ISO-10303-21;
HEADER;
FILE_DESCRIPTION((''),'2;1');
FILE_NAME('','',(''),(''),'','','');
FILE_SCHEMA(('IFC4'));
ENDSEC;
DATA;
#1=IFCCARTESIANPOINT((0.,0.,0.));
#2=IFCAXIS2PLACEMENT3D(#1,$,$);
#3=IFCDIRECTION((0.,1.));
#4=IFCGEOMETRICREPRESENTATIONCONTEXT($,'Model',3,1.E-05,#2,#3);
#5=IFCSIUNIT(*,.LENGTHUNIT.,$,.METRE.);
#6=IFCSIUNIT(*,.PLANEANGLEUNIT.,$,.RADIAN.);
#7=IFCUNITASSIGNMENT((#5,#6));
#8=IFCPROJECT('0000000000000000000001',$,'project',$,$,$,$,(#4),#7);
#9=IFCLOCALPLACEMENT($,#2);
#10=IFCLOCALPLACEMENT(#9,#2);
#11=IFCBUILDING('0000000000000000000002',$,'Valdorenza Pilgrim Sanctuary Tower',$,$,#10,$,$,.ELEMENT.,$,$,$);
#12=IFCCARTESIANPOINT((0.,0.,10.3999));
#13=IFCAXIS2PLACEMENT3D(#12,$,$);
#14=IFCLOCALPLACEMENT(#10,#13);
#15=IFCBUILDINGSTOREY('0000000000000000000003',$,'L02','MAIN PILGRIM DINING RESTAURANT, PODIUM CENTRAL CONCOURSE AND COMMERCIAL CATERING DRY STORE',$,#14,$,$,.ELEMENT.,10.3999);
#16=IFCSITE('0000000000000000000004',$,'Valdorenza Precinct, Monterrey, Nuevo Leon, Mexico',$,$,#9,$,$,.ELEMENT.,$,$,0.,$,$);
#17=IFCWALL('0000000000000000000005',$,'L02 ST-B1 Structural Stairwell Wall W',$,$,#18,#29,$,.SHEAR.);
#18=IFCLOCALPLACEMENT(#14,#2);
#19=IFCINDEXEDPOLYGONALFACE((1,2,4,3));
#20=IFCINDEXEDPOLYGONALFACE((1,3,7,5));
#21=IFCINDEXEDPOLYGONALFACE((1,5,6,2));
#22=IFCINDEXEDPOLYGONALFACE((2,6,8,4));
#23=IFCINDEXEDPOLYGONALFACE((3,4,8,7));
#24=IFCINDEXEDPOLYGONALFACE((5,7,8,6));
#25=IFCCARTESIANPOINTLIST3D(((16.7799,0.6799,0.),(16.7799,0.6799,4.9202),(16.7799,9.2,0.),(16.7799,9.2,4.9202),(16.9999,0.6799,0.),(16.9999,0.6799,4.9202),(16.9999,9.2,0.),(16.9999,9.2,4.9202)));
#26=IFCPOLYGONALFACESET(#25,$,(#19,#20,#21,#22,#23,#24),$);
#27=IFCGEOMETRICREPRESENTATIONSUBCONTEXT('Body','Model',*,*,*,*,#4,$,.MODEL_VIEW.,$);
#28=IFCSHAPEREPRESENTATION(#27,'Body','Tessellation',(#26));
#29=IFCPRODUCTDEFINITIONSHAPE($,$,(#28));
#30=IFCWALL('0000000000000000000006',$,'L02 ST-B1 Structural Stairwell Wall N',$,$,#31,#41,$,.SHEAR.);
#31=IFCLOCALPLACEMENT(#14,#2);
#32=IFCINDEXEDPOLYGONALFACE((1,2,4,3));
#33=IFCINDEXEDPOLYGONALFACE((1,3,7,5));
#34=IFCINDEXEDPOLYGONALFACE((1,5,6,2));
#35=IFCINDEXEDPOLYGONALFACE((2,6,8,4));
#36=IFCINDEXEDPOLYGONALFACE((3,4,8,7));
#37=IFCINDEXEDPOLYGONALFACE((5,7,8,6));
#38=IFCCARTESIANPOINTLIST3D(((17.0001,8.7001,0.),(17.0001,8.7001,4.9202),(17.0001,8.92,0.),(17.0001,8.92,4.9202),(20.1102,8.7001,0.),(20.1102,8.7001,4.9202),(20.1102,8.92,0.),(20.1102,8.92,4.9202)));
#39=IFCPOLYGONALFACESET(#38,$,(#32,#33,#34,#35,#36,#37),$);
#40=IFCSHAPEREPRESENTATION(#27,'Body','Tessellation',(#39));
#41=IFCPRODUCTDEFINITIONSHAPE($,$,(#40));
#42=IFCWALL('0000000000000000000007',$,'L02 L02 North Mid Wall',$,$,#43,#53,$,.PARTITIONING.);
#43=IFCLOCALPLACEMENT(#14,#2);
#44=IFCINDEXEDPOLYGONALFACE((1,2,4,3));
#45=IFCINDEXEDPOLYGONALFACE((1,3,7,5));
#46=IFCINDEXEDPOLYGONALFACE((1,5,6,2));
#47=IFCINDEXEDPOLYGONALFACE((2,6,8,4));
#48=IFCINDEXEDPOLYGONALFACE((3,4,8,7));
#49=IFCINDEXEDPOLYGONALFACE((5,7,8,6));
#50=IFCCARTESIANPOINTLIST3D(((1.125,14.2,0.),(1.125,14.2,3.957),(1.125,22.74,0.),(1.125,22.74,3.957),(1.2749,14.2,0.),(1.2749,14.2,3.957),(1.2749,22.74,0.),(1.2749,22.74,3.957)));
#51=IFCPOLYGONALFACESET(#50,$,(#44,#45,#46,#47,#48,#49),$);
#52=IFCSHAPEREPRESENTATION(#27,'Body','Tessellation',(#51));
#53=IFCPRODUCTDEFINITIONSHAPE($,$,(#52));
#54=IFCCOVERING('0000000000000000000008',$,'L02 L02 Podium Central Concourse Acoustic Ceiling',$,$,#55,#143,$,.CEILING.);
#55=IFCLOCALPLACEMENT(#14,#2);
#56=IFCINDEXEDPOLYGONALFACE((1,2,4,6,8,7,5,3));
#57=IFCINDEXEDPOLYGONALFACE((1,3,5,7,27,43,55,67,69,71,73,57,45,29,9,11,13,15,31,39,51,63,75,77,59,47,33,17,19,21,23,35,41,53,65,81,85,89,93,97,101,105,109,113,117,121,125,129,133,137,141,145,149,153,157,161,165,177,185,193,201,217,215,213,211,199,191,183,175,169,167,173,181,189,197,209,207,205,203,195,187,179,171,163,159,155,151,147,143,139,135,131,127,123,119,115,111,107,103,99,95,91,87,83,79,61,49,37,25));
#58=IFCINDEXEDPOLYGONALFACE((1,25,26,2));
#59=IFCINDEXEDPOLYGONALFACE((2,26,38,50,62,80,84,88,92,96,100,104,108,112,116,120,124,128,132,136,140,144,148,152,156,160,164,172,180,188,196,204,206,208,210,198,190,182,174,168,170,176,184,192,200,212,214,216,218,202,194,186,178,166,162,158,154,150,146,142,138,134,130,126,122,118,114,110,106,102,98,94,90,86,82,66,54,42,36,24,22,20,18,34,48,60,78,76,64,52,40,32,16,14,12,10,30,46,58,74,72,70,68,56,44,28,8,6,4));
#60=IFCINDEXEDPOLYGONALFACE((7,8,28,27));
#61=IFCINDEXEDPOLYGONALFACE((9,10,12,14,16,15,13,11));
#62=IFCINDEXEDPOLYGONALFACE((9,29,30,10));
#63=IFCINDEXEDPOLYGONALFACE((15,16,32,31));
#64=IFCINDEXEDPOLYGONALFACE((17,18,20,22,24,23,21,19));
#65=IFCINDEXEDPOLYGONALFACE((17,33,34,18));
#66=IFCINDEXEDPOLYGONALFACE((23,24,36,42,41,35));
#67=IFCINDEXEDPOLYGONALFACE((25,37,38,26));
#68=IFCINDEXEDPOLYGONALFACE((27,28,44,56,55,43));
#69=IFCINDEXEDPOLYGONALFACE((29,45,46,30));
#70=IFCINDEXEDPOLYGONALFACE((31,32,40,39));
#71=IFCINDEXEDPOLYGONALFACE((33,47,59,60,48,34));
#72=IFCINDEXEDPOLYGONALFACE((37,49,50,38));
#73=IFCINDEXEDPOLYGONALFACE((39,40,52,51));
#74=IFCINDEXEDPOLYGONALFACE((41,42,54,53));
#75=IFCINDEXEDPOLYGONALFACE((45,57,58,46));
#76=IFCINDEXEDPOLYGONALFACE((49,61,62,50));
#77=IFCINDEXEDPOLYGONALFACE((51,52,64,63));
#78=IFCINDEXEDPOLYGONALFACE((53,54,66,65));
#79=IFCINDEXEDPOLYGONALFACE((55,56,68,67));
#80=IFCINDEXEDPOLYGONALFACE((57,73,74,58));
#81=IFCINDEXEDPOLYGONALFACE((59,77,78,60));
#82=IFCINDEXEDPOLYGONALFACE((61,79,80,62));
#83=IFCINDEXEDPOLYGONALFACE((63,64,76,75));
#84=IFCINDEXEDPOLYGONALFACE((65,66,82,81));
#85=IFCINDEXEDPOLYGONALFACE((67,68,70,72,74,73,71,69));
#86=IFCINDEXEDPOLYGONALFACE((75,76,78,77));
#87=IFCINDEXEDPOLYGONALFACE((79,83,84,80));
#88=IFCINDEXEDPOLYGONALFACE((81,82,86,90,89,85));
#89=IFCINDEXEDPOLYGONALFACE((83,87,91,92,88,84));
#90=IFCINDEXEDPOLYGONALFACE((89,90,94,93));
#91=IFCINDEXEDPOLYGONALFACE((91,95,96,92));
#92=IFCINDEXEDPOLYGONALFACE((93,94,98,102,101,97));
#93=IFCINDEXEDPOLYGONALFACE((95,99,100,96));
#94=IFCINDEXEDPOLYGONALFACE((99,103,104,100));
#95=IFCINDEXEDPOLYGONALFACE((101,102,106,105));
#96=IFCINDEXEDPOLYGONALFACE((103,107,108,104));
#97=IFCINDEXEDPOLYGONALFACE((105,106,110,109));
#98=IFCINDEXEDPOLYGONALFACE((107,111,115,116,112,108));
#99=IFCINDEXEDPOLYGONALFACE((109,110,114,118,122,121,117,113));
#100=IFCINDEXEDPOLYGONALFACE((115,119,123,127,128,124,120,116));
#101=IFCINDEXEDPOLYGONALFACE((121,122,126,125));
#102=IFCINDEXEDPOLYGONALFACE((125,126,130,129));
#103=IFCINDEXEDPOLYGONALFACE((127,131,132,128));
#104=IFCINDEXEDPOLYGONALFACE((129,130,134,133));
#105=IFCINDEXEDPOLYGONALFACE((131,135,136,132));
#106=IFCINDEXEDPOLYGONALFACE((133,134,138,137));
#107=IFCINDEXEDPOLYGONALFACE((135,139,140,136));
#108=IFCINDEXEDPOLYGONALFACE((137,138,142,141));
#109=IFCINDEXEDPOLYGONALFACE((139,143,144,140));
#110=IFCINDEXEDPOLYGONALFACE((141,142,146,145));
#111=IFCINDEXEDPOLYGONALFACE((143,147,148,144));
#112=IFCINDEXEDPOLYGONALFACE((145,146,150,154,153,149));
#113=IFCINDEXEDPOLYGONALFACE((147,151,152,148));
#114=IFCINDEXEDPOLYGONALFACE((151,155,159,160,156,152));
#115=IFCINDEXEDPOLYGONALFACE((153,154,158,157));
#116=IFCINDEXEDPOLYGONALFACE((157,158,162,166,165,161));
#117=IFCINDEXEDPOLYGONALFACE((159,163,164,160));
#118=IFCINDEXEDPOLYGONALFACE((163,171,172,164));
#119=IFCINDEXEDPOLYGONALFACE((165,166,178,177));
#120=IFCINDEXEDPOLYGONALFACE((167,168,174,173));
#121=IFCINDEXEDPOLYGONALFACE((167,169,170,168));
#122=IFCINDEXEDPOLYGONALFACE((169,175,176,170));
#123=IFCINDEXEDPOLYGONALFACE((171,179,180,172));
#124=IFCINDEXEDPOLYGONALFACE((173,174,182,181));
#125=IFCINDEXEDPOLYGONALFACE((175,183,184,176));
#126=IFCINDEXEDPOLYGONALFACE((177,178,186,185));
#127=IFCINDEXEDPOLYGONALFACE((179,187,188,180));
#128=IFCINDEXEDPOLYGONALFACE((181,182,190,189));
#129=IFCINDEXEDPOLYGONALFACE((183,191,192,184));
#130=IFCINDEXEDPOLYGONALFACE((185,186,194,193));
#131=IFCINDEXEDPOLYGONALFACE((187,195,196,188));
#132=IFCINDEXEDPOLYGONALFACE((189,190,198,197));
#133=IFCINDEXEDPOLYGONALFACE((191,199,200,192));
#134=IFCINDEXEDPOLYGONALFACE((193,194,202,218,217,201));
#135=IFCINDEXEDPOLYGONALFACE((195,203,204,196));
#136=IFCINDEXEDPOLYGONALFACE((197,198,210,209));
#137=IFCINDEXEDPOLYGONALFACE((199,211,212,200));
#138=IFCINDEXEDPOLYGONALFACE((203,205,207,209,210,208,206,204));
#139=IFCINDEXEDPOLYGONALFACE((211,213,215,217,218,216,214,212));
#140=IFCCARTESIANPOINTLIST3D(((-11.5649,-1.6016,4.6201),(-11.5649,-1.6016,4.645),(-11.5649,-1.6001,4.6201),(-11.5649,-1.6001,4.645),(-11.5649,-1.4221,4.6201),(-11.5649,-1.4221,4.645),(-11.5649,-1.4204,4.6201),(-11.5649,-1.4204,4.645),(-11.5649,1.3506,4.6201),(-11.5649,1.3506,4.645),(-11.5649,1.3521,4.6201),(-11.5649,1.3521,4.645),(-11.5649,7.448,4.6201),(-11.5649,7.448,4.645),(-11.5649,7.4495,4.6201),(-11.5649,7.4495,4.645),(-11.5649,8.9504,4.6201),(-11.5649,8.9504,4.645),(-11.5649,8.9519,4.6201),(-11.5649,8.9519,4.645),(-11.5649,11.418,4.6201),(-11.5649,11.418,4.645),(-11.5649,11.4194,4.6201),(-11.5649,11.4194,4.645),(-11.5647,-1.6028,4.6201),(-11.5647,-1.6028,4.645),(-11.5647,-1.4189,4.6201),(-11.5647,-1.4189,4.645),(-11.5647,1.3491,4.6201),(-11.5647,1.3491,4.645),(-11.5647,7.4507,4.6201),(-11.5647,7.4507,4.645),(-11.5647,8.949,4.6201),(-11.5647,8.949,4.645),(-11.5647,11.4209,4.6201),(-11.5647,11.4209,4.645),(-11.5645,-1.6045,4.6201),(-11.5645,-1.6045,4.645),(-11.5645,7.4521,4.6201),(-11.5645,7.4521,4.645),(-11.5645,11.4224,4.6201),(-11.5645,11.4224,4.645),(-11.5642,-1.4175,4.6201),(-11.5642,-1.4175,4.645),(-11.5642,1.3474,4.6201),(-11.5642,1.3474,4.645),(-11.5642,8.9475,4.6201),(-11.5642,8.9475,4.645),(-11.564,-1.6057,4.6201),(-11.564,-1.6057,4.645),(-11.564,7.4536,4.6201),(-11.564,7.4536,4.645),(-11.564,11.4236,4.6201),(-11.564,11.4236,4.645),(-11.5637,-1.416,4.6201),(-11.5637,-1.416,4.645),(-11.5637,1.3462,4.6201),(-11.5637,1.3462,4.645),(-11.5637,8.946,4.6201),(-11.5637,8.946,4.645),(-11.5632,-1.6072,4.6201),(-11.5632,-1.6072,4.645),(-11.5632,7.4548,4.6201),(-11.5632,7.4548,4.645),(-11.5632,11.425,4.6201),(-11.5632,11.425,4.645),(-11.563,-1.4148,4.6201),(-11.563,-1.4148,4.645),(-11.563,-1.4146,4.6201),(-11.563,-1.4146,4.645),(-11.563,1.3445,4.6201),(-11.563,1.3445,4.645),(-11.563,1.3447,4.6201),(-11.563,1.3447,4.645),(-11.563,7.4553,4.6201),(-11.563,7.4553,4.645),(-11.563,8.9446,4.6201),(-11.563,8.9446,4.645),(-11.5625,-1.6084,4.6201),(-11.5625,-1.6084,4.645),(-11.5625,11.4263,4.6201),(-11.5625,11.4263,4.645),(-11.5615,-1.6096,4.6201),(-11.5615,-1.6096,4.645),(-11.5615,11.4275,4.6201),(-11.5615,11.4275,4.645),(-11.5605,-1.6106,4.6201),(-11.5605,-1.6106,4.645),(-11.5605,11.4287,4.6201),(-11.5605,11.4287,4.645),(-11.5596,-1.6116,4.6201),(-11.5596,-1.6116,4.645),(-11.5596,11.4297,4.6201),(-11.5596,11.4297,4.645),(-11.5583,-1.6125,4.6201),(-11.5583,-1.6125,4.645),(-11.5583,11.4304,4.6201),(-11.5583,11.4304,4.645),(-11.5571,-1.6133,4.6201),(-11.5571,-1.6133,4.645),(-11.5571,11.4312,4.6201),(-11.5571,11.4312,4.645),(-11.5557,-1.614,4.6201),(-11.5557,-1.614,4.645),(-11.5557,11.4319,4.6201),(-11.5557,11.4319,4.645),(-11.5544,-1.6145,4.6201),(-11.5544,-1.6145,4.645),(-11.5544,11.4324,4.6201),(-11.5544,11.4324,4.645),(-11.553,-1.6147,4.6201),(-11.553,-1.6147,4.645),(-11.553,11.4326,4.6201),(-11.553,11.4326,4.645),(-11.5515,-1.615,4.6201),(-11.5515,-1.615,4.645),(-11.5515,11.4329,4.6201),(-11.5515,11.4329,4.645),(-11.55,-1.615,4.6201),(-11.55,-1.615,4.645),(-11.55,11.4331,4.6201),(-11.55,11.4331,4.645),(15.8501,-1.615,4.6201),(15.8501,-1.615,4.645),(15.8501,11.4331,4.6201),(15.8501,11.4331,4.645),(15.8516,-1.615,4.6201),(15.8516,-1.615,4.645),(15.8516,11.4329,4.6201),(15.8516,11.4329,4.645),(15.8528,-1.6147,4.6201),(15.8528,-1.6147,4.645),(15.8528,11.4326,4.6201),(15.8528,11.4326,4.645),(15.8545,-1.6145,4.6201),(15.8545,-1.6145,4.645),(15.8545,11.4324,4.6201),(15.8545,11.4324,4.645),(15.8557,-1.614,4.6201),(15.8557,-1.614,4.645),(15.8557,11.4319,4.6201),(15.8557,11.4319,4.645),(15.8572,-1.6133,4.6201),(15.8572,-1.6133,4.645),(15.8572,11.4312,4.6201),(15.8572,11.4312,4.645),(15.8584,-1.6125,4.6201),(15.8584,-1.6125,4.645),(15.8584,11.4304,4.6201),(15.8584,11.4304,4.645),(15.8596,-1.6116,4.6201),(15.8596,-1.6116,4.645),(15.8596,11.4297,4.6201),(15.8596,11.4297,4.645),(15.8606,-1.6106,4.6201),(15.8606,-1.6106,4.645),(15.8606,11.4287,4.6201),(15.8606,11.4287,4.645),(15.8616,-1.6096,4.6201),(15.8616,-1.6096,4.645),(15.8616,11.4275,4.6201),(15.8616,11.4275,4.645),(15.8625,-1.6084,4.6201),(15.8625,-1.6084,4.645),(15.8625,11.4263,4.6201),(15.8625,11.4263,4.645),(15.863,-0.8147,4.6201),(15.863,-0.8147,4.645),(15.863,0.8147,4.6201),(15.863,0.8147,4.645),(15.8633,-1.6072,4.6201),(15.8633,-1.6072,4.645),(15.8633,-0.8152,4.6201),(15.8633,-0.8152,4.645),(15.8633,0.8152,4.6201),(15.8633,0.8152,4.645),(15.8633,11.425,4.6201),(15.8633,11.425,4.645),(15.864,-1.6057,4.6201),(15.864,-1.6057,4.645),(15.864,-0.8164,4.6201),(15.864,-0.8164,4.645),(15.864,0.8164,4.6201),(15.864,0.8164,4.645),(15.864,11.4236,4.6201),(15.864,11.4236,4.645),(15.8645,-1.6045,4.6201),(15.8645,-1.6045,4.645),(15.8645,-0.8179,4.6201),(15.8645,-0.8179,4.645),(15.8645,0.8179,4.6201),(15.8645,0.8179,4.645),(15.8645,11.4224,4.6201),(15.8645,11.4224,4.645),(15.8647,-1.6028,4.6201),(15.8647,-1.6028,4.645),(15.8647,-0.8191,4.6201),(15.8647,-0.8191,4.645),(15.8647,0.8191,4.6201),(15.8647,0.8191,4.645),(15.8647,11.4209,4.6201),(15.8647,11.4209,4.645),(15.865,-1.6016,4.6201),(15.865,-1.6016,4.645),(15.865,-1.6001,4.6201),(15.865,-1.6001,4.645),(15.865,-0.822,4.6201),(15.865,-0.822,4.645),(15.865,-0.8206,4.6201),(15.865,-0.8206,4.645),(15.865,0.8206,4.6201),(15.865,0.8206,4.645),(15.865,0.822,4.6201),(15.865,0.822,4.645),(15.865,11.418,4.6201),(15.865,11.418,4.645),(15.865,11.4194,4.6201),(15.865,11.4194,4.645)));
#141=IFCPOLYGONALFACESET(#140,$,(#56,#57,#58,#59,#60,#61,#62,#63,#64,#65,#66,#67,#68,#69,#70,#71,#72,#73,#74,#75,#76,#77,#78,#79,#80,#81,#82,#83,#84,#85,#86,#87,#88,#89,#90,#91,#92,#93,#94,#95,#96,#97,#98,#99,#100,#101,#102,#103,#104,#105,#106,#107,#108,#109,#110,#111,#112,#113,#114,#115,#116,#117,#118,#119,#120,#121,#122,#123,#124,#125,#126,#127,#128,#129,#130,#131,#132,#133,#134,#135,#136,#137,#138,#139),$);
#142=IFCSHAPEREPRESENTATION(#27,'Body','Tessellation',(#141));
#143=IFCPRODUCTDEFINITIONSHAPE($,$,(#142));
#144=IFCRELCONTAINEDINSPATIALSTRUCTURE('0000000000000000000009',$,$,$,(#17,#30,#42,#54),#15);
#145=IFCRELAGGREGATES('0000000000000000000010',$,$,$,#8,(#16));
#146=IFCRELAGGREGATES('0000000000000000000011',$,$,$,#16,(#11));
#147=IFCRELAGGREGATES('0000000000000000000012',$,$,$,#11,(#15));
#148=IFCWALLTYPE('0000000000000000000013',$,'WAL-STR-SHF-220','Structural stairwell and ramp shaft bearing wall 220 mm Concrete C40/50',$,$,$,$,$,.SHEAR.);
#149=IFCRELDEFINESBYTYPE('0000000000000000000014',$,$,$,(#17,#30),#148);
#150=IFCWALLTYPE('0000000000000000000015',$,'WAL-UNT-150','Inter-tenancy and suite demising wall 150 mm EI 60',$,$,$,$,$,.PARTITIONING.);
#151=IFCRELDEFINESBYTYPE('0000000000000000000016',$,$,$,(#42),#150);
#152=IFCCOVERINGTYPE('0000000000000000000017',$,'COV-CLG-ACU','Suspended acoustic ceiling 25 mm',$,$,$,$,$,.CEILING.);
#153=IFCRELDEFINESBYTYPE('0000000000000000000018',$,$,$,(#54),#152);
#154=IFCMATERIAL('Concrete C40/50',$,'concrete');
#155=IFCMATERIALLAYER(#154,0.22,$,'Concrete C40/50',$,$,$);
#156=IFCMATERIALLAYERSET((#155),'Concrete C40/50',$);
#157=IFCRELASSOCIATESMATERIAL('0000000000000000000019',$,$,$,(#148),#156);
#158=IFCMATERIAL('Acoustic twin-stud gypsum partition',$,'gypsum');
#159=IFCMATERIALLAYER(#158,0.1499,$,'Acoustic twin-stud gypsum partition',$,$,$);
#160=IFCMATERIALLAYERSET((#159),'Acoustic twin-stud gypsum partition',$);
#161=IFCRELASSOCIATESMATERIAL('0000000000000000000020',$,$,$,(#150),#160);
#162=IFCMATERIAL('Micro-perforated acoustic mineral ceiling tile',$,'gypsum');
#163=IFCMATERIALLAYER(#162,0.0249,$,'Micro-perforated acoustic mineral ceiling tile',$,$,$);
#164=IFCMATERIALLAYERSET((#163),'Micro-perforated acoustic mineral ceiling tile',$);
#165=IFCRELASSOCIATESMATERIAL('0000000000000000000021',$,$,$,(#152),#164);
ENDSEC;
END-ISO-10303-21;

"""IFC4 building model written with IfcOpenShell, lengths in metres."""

from ifc_helpers import new_model, si_unit, direction, frame, frame_2d, origin, place, context, subcontext, project, spatial, polyline, rectangle, outline, extrude, material, layer, layer_set, type_object, element, save


model = new_model("IFC4")

# Units and contexts
model_context = context("Model", 3, precision=1e-05, world=origin(), true_north=direction((0.0, 1.0)))
body_context = subcontext(model_context, "Body", "Model", "MODEL_VIEW")
ifc_project = project(units=[si_unit("LENGTHUNIT", "METRE"), si_unit("PLANEANGLEUNIT", "RADIAN")], contexts=[model_context])

# Site, building, storey
site_placement = place(None, origin())
site = spatial("IfcSite", under=ifc_project, at=site_placement, Name="Valdorenza Precinct, Monterrey, Nuevo Leon, Mexico", CompositionType="ELEMENT", RefElevation=0.0)
building_placement = place(site_placement, origin())
building = spatial("IfcBuilding", under=site, at=building_placement, Name="Valdorenza Pilgrim Sanctuary Tower", CompositionType="ELEMENT")
storey_placement = place(building_placement, frame((0.0, 0.0, 10.3999)))
storey = spatial("IfcBuildingStorey", under=building, at=storey_placement, Name="L02", Description="MAIN PILGRIM DINING RESTAURANT, PODIUM CENTRAL CONCOURSE AND COMMERCIAL CATERING DRY STORE", CompositionType="ELEMENT", Elevation=10.3999)

# Shared definitions
ifc_material_1 = material(Name="Acoustic twin-stud gypsum partition", Category="gypsum")

# Wall
ifc_material_2 = material(Name="Concrete C40/50", Category="concrete")
ifc_layer_1 = layer(ifc_material_2, 0.22, Name="Concrete C40/50")
ifc_layer_set_1 = layer_set([ifc_layer_1], Name="Concrete C40/50")
wall_type_1 = type_object("IfcWallType", Name="WAL-STR-SHF-220", Description="Structural stairwell and ramp shaft bearing wall 220 mm Concrete C40/50", PredefinedType="SHEAR", material=ifc_layer_set_1)
wall_1_placement = place(storey_placement, frame((16.8899, 0.6799, 0.0), z_axis=(0.0, 0.0, 1.0), x_axis=(0.0, 1.0, 0.0)))
element("IfcWall", 1, at=wall_1_placement, inside=storey, type_object=wall_type_1, Name="L02 ST-B1 Structural Stairwell Wall W", PredefinedType="SHEAR", context=body_context, shape_type="SweptSolid", body=[
    extrude(rectangle(XDim=8.52, YDim=0.22, at=frame_2d((4.26, 0.0))), origin(), (0.0, 0.0, 1.0), 4.9202),
])

# Walls
wall_2_placement = place(storey_placement, frame((17.0, 8.8101, 0.0), z_axis=(0.0, 0.0, 1.0), x_axis=(1.0, 0.0, 0.0)))
element("IfcWall", 2, at=wall_2_placement, inside=storey, type_object=wall_type_1, Name="L02 ST-B1 Structural Stairwell Wall N", PredefinedType="SHEAR", context=body_context, shape_type="SweptSolid", body=[
    extrude(rectangle(XDim=3.1101, YDim=0.22, at=frame_2d((1.5552, 0.0))), origin(), (0.0, 0.0, 1.0), 4.9202),
])
ifc_layer_2 = layer(ifc_material_1, 0.1499, Name="Acoustic twin-stud gypsum partition")
ifc_layer_set_2 = layer_set([ifc_layer_2], Name="Acoustic twin-stud gypsum partition")
wall_type_2 = type_object("IfcWallType", Name="WAL-UNT-150", Description="Inter-tenancy and suite demising wall 150 mm EI 60", PredefinedType="PARTITIONING", material=ifc_layer_set_2)
wall_3_placement = place(storey_placement, frame((1.2, 14.2, 0.0), z_axis=(0.0, 0.0, 1.0), x_axis=(0.0, 1.0, 0.0)))
element("IfcWall", 3, at=wall_3_placement, inside=storey, type_object=wall_type_2, Name="L02 L02 North Mid Wall", PredefinedType="PARTITIONING", context=body_context, shape_type="SweptSolid", body=[
    extrude(rectangle(XDim=8.54, YDim=0.1499, at=frame_2d((4.27, 0.0))), origin(), (0.0, 0.0, 1.0), 3.957),
])

# Covering
ifc_material_3 = material(Name="Micro-perforated acoustic mineral ceiling tile", Category="gypsum")
ifc_layer_3 = layer(ifc_material_3, 0.0249, Name="Micro-perforated acoustic mineral ceiling tile")
ifc_layer_set_3 = layer_set([ifc_layer_3], Name="Micro-perforated acoustic mineral ceiling tile")
covering_type_1 = type_object("IfcCoveringType", Name="COV-CLG-ACU", Description="Suspended acoustic ceiling 25 mm", PredefinedType="CEILING", material=ifc_layer_set_3)
covering_1_placement = place(storey_placement, frame((0.0, 0.0, 4.6201)))
element("IfcCovering", 4, at=covering_1_placement, inside=storey, type_object=covering_type_1, Name="L02 L02 Podium Central Concourse Acoustic Ceiling", PredefinedType="CEILING", context=body_context, shape_type="SweptSolid", body=[
    extrude(outline(polyline([(-11.563, -1.4146), (-11.563, 1.3445), (-11.563, 1.3447), (-11.5637, 1.3462), (-11.5642, 1.3474), (-11.5647, 1.3491), (-11.5649, 1.3506), (-11.5649, 1.3521), (-11.5649, 7.448), (-11.5649, 7.4495), (-11.5647, 7.4507), (-11.5645, 7.4521), (-11.564, 7.4536), (-11.5632, 7.4548), (-11.563, 7.4553), (-11.563, 8.9446), (-11.563, 8.9446), (-11.5637, 8.946), (-11.5642, 8.9475), (-11.5647, 8.949), (-11.5649, 8.9504), (-11.5649, 8.9519), (-11.5649, 11.418), (-11.5649, 11.4194), (-11.5647, 11.4209), (-11.5645, 11.4224), (-11.564, 11.4236), (-11.5632, 11.425), (-11.5625, 11.4263), (-11.5615, 11.4275), (-11.5605, 11.4287), (-11.5596, 11.4297), (-11.5583, 11.4304), (-11.5571, 11.4312), (-11.5557, 11.4319), (-11.5544, 11.4324), (-11.553, 11.4326), (-11.5515, 11.4329), (-11.55, 11.4331), (15.8501, 11.4331), (15.8516, 11.4329), (15.8528, 11.4326), (15.8545, 11.4324), (15.8557, 11.4319), (15.8572, 11.4312), (15.8584, 11.4304), (15.8596, 11.4297), (15.8606, 11.4287), (15.8616, 11.4275), (15.8625, 11.4263), (15.8633, 11.425), (15.864, 11.4236), (15.8645, 11.4224), (15.8647, 11.4209), (15.865, 11.4194), (15.865, 11.418), (15.865, 0.822), (15.865, 0.8206), (15.8647, 0.8191), (15.8645, 0.8179), (15.864, 0.8164), (15.8633, 0.8152), (15.863, 0.8147), (15.863, -0.8147), (15.8633, -0.8152), (15.864, -0.8164), (15.8645, -0.8179), (15.8647, -0.8191), (15.865, -0.8206), (15.865, -0.822), (15.865, -1.6001), (15.865, -1.6016), (15.8647, -1.6028), (15.8645, -1.6045), (15.864, -1.6057), (15.8633, -1.6072), (15.8625, -1.6084), (15.8616, -1.6096), (15.8606, -1.6106), (15.8596, -1.6116), (15.8584, -1.6125), (15.8572, -1.6133), (15.8557, -1.614), (15.8545, -1.6145), (15.8528, -1.6147), (15.8516, -1.615), (15.8501, -1.615), (-11.55, -1.615), (-11.5515, -1.615), (-11.553, -1.6147), (-11.5544, -1.6145), (-11.5557, -1.614), (-11.5571, -1.6133), (-11.5583, -1.6125), (-11.5596, -1.6116), (-11.5605, -1.6106), (-11.5615, -1.6096), (-11.5625, -1.6084), (-11.5632, -1.6072), (-11.564, -1.6057), (-11.5645, -1.6045), (-11.5647, -1.6028), (-11.5649, -1.6016), (-11.5649, -1.6001), (-11.5649, -1.4221), (-11.5649, -1.4204), (-11.5647, -1.4189), (-11.5642, -1.4175), (-11.5637, -1.416), (-11.563, -1.4148), (-11.563, -1.4146)])), origin(), (0.0, 0.0, 1.0), 0.0249),
])

save(model, "model.ifc")
